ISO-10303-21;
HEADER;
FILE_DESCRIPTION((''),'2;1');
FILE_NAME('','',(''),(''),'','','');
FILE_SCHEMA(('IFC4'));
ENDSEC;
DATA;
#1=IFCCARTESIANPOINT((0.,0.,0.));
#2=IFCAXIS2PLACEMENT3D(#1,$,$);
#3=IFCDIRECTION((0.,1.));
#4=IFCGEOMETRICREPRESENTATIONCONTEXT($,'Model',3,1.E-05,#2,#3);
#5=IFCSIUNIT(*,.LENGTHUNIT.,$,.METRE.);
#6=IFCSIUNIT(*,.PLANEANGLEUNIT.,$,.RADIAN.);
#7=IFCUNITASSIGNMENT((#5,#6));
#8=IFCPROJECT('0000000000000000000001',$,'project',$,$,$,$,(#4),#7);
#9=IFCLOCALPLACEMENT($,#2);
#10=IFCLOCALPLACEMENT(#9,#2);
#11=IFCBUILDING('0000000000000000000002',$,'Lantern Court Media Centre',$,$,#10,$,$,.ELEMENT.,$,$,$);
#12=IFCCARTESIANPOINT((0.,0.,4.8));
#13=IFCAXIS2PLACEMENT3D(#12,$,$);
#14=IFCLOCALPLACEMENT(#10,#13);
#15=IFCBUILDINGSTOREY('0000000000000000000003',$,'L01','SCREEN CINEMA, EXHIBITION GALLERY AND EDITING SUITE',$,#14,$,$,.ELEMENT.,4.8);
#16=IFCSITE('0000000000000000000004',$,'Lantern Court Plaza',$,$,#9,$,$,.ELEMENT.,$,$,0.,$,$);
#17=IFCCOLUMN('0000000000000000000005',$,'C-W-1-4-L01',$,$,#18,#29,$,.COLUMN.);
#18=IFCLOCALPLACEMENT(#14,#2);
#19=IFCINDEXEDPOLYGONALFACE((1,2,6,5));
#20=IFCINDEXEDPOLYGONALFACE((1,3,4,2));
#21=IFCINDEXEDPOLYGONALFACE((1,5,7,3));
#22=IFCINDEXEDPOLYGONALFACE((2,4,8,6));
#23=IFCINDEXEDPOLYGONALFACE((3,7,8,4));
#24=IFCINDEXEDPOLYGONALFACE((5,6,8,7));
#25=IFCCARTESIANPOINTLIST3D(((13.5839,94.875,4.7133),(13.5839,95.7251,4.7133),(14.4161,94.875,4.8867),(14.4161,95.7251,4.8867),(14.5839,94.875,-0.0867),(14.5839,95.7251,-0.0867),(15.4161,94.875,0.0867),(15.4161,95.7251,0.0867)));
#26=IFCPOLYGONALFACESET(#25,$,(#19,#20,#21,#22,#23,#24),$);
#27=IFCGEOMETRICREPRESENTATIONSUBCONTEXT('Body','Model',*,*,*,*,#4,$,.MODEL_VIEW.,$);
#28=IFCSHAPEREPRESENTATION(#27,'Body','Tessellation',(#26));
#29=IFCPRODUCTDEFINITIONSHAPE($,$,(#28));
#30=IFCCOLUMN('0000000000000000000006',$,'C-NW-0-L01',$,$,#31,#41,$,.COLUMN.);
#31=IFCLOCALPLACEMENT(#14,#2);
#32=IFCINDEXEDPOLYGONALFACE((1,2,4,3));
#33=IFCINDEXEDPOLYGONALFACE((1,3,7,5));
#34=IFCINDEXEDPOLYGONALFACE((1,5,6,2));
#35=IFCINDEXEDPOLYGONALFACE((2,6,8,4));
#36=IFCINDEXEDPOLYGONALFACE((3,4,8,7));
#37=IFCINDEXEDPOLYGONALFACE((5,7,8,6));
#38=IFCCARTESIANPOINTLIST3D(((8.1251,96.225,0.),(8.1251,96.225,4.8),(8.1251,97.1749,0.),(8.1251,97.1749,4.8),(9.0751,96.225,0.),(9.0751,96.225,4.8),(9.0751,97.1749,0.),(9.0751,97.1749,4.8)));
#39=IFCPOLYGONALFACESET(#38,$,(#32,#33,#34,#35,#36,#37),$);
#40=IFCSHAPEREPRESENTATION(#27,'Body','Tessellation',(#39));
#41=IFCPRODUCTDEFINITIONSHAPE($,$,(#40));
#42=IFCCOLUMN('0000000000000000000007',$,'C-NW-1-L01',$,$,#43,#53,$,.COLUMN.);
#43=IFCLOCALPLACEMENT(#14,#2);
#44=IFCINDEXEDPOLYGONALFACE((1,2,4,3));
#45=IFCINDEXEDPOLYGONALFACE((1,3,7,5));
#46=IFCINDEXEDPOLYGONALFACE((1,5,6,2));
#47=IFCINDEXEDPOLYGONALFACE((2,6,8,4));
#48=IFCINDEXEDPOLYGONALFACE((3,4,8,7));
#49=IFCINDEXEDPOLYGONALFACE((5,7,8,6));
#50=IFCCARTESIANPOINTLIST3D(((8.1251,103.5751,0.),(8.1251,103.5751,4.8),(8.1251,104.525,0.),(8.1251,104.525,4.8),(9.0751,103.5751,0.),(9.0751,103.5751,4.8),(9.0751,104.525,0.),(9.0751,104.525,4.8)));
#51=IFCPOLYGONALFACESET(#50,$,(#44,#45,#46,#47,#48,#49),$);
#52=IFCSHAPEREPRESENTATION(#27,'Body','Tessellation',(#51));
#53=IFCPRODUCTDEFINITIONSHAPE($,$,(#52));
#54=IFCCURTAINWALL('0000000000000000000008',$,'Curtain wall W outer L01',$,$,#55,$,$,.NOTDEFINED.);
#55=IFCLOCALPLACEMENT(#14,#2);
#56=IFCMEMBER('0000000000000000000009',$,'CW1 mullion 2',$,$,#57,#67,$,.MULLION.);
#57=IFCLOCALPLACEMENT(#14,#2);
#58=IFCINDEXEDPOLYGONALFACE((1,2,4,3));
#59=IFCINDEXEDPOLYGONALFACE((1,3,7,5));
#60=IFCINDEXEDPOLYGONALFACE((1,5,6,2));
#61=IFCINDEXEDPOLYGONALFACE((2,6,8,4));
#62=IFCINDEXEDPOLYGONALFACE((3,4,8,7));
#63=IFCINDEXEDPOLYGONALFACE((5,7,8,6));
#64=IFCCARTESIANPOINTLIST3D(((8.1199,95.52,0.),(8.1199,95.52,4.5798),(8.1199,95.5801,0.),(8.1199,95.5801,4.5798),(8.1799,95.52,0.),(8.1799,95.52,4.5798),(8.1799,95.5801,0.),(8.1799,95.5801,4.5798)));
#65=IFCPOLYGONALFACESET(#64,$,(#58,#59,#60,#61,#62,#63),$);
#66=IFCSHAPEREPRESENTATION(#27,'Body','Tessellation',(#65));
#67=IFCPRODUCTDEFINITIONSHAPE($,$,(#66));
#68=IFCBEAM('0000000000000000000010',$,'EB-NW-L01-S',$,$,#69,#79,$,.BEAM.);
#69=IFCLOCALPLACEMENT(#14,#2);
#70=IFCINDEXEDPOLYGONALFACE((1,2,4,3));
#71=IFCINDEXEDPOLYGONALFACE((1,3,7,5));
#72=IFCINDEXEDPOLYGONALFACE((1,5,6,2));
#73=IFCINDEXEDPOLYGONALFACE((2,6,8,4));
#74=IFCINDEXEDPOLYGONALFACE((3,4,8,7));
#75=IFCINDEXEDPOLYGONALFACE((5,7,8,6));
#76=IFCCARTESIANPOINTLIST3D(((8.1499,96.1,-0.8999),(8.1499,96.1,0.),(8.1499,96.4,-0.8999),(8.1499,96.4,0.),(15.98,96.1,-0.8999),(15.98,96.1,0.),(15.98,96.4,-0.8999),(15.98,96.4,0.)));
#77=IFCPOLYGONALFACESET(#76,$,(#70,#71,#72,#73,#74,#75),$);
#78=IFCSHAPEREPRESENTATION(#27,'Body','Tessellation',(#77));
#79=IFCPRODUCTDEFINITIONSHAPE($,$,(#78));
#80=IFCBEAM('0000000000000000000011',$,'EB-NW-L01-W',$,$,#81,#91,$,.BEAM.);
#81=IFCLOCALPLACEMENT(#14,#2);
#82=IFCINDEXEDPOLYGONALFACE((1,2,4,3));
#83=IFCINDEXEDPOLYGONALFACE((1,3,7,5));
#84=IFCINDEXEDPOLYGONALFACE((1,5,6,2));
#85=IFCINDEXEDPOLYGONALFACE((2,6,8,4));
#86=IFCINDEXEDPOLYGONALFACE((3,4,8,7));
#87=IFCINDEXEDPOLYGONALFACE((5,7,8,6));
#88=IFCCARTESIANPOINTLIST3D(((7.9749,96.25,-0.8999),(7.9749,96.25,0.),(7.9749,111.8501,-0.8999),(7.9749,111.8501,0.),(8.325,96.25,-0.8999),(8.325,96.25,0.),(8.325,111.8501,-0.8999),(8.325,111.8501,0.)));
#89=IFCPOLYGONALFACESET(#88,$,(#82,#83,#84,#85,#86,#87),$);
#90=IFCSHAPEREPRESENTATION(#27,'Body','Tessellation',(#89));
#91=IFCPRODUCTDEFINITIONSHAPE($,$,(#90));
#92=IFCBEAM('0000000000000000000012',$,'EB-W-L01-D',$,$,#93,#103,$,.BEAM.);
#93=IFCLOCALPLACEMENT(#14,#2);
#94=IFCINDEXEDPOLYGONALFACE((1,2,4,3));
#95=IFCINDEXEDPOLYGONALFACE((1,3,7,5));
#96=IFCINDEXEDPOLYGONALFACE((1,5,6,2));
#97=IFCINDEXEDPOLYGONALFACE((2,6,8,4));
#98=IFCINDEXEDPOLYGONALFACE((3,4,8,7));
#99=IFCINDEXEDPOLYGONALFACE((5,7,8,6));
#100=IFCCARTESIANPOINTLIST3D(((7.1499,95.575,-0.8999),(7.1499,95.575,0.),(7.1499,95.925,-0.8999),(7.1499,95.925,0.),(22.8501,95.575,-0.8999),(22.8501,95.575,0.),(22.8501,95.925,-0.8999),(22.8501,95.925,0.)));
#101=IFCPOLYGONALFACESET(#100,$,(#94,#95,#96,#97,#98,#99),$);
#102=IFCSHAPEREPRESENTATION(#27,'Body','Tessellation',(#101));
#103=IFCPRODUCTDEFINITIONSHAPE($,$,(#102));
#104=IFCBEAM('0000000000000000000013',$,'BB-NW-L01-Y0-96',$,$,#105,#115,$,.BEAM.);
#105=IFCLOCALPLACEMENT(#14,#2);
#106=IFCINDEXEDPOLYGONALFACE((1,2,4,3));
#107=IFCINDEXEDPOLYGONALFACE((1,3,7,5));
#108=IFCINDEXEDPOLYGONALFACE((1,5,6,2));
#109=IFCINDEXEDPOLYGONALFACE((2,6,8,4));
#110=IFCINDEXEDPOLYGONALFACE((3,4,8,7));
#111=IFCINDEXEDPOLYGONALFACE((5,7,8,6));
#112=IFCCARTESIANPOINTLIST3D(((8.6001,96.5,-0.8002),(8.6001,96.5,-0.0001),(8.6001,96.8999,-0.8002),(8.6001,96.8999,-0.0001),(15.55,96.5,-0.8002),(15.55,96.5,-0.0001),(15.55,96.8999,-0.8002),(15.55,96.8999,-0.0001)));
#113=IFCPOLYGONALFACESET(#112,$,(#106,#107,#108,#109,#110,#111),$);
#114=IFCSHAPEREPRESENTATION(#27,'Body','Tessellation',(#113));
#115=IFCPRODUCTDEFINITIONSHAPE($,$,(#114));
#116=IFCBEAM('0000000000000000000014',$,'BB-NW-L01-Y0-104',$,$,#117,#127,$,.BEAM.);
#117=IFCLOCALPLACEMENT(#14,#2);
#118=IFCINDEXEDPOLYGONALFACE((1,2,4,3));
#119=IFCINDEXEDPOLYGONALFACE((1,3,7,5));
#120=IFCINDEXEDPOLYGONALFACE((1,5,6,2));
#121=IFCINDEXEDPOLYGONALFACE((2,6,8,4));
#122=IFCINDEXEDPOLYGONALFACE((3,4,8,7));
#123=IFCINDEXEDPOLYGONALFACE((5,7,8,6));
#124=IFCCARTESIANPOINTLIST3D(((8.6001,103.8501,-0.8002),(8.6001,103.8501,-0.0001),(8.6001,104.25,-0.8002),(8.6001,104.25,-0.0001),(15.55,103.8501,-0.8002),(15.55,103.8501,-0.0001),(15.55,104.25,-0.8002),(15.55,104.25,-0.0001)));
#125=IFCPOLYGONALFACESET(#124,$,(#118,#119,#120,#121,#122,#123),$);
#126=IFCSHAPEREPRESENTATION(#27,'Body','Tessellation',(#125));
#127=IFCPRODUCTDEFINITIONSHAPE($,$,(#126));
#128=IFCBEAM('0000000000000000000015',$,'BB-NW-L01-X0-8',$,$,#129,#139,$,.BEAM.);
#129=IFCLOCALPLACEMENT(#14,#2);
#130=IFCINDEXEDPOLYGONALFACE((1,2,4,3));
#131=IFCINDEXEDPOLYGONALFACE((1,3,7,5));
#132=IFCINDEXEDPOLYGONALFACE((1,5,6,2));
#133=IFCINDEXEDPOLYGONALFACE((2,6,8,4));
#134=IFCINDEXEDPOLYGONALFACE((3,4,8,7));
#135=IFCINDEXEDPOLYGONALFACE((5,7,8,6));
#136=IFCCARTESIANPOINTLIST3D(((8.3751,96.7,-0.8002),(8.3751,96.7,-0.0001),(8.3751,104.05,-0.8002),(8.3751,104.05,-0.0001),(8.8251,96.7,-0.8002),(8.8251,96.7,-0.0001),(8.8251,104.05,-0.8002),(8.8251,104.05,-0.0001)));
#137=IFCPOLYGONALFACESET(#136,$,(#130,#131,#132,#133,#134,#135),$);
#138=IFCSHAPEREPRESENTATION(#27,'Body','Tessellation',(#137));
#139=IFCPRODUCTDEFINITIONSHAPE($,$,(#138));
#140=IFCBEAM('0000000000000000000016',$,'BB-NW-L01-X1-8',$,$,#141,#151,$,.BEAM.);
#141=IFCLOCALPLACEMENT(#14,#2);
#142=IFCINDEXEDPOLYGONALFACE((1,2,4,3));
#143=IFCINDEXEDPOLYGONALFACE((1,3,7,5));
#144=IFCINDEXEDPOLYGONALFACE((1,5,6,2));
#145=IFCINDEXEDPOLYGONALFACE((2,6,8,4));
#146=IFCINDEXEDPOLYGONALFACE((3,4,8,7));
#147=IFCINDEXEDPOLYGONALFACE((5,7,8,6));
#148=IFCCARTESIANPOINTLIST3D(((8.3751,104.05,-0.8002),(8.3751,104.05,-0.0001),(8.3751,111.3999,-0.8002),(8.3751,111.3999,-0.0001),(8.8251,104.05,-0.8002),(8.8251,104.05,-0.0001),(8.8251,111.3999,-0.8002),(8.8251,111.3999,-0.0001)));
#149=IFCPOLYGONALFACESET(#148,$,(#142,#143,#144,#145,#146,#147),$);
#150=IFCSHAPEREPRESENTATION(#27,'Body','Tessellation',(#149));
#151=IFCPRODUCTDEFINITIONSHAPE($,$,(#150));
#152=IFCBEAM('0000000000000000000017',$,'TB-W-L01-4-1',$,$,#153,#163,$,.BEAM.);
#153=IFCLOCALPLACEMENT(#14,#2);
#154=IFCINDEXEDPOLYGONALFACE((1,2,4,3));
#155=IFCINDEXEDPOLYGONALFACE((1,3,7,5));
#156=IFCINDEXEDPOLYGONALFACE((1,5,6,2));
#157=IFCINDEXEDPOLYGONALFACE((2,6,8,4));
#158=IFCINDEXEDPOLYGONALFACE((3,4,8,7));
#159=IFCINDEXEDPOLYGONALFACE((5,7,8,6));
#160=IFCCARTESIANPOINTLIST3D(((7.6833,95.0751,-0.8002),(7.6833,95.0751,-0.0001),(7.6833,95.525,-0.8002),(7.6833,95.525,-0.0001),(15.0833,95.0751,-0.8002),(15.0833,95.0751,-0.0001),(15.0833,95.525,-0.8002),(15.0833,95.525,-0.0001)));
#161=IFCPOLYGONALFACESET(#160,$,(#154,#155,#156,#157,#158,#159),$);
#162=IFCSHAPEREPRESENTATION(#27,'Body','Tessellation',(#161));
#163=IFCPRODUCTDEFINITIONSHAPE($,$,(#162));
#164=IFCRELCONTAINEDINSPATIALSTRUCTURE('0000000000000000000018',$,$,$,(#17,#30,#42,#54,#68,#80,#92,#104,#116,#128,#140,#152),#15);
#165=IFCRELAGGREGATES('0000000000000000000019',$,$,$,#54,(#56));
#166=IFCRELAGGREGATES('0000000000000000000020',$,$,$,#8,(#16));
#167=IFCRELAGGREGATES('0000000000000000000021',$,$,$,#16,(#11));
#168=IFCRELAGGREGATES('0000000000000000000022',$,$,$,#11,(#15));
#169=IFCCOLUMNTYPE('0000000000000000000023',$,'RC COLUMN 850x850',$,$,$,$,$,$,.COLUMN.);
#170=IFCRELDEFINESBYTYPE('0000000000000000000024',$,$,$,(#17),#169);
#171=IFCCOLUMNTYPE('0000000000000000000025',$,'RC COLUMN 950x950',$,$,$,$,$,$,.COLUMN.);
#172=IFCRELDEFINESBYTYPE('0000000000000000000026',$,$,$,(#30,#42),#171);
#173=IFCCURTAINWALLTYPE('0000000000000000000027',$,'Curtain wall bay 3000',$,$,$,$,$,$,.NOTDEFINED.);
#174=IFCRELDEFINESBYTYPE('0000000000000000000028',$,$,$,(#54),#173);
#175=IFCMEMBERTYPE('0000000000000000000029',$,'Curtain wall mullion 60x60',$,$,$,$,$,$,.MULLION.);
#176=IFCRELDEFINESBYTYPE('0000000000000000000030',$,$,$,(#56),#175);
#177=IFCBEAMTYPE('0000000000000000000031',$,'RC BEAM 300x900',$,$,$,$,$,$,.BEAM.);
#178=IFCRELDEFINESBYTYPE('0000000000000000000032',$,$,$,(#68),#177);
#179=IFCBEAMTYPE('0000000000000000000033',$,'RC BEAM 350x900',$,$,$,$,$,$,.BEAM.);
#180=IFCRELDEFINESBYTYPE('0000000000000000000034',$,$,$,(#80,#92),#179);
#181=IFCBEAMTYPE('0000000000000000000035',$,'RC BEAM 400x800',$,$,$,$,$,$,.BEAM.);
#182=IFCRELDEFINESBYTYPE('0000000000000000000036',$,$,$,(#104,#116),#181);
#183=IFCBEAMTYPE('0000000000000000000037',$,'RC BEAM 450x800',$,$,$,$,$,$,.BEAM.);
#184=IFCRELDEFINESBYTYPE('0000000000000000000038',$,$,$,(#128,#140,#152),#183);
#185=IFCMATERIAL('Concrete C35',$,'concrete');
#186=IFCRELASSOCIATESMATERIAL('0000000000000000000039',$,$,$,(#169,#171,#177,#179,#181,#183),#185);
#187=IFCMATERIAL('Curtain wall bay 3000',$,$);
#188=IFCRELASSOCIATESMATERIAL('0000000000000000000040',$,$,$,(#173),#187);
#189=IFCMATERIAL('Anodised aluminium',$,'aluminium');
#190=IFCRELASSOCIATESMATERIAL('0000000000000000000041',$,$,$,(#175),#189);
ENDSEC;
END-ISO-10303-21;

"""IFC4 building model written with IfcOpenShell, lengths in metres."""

from ifc_helpers import new_model, si_unit, direction, frame, origin, origin_2d, place, context, subcontext, project, spatial, rectangle, extrude, material, material_profile, profile_set, type_object, element, aggregate, save


model = new_model("IFC4")

# Units and contexts
model_context = context("Model", 3, precision=1e-05, world=origin(), true_north=direction((0.0, 1.0)))
body_context = subcontext(model_context, "Body", "Model", "MODEL_VIEW")
ifc_project = project(units=[si_unit("LENGTHUNIT", "METRE"), si_unit("PLANEANGLEUNIT", "RADIAN")], contexts=[model_context])

# Site, building, storey
site_placement = place(None, origin())
site = spatial("IfcSite", under=ifc_project, at=site_placement, Name="Lantern Court Plaza", CompositionType="ELEMENT", RefElevation=0.0)
building_placement = place(site_placement, origin())
building = spatial("IfcBuilding", under=site, at=building_placement, Name="Lantern Court Media Centre", CompositionType="ELEMENT")
storey_placement = place(building_placement, frame((0.0, 0.0, 4.8)))
storey = spatial("IfcBuildingStorey", under=building, at=storey_placement, Name="L01", Description="SCREEN CINEMA, EXHIBITION GALLERY AND EDITING SUITE", CompositionType="ELEMENT", Elevation=4.8)

# Columns
ifc_material_1 = material(Name="Concrete C35", Category="concrete")
ifc_material_profile_1 = material_profile(ifc_material_1, rectangle(XDim=0.8501, YDim=0.8501, at=origin_2d()), Name="RC 850x850")
ifc_profile_set_1 = profile_set([ifc_material_profile_1], Name="Concrete C35")
column_type_1 = type_object("IfcColumnType", Name="RC COLUMN 850x850", PredefinedType="COLUMN", material=ifc_profile_set_1)
column_placement = place(storey_placement, frame((15.0, 95.3, 0.0), z_axis=(-0.203952, 0.0, 0.978981), x_axis=(0.0, -1.0, 0.0)))
element("IfcColumn", 1, at=column_placement, inside=storey, type_object=column_type_1, Name="C-W-1-4-L01", PredefinedType="COLUMN", context=body_context, shape_type="SweptSolid", body=[
    extrude(rectangle(XDim=0.8501, YDim=0.8501, at=origin_2d()), origin(), (0.0, 0.0, 1.0), 4.9031),
])
ifc_material_profile_2 = material_profile(ifc_material_1, rectangle(XDim=0.95, YDim=0.95, at=origin_2d()), Name="RC 950x950")
ifc_profile_set_2 = profile_set([ifc_material_profile_2], Name="Concrete C35")
column_type_2 = type_object("IfcColumnType", Name="RC COLUMN 950x950", PredefinedType="COLUMN", material=ifc_profile_set_2)
for number, where, z_axis, x_axis, name in (
    (2, (8.6001, 96.7, 0.0), (0.0, 0.0, 1.0), (1.0, 0.0, 0.0), "C-NW-0-L01"),
    (3, (8.6001, 104.05, 0.0), (0.0, 0.0, 1.0), (1.0, 0.0, 0.0), "C-NW-1-L01"),
):
    element("IfcColumn", number, at=place(storey_placement, frame(where, z_axis=z_axis, x_axis=x_axis)), inside=storey, type_object=column_type_2, Name=name, PredefinedType="COLUMN", context=body_context, shape_type="SweptSolid", body=[
        extrude(rectangle(XDim=0.95, YDim=0.95, at=origin_2d()), origin(), (0.0, 0.0, 1.0), 4.8),
    ])

# Curtain wall, member
ifc_material_2 = material(Name="Curtain wall bay 3000")
curtain_wall_type = type_object("IfcCurtainWallType", Name="Curtain wall bay 3000", PredefinedType="NOTDEFINED", material=ifc_material_2)
curtain_wall_placement = place(storey_placement, origin())
curtain_wall = element("IfcCurtainWall", 4, at=curtain_wall_placement, inside=storey, type_object=curtain_wall_type, Name="Curtain wall W outer L01", PredefinedType="NOTDEFINED")
ifc_material_3 = material(Name="Anodised aluminium", Category="aluminium")
ifc_material_profile_3 = material_profile(ifc_material_3, rectangle(XDim=0.0601, YDim=0.0601, at=origin_2d()), Name="AL 60x60")
ifc_profile_set_3 = profile_set([ifc_material_profile_3], Name="Anodised aluminium")
member_type = type_object("IfcMemberType", Name="Curtain wall mullion 60x60", PredefinedType="MULLION", material=ifc_profile_set_3)
member_placement = place(storey_placement, frame((8.1499, 95.55, 0.0), z_axis=(0.0, 0.0, 1.0), x_axis=(-1.0, 0.0, 0.0)))
member = element("IfcMember", 5, at=member_placement, type_object=member_type, Name="CW1 mullion 2", PredefinedType="MULLION", context=body_context, shape_type="SweptSolid", body=[
    extrude(rectangle(XDim=0.0601, YDim=0.0601, at=origin_2d()), origin(), (0.0, 0.0, 1.0), 4.5798),
])
aggregate(curtain_wall, [member])

# Beams
ifc_material_profile_4 = material_profile(ifc_material_1, rectangle(XDim=0.3, YDim=0.8999, at=origin_2d()), Name="RC 300x900")
ifc_profile_set_4 = profile_set([ifc_material_profile_4], Name="Concrete C35")
beam_type_1 = type_object("IfcBeamType", Name="RC BEAM 300x900", PredefinedType="BEAM", material=ifc_profile_set_4)
beam_1_placement = place(storey_placement, frame((8.1499, 96.25, -0.45), z_axis=(1.0, 0.0, 0.0), x_axis=(0.0, 1.0, 0.0)))
element("IfcBeam", 6, at=beam_1_placement, inside=storey, type_object=beam_type_1, Name="EB-NW-L01-S", PredefinedType="BEAM", context=body_context, shape_type="SweptSolid", body=[
    extrude(rectangle(XDim=0.3, YDim=0.8999, at=origin_2d()), origin(), (0.0, 0.0, 1.0), 7.8301),
])
ifc_material_profile_5 = material_profile(ifc_material_1, rectangle(XDim=0.3501, YDim=0.8999, at=origin_2d()), Name="RC 350x900")
ifc_profile_set_5 = profile_set([ifc_material_profile_5], Name="Concrete C35")
beam_type_2 = type_object("IfcBeamType", Name="RC BEAM 350x900", PredefinedType="BEAM", material=ifc_profile_set_5)
beam_2_placement = place(storey_placement, frame((8.1499, 96.25, -0.45), z_axis=(0.0, 1.0, 0.0), x_axis=(-1.0, 0.0, 0.0)))
element("IfcBeam", 7, at=beam_2_placement, inside=storey, type_object=beam_type_2, Name="EB-NW-L01-W", PredefinedType="BEAM", context=body_context, shape_type="SweptSolid", body=[
    extrude(rectangle(XDim=0.3501, YDim=0.8999, at=origin_2d()), origin(), (0.0, 0.0, 1.0), 15.6001),
])
beam_3_placement = place(storey_placement, frame((7.1499, 95.75, -0.45), z_axis=(1.0, 0.0, 0.0), x_axis=(0.0, 1.0, 0.0)))
element("IfcBeam", 8, at=beam_3_placement, inside=storey, type_object=beam_type_2, Name="EB-W-L01-D", PredefinedType="BEAM", context=body_context, shape_type="SweptSolid", body=[
    extrude(rectangle(XDim=0.3501, YDim=0.8999, at=origin_2d()), origin(), (0.0, 0.0, 1.0), 15.7002),
])
ifc_material_profile_6 = material_profile(ifc_material_1, rectangle(XDim=0.3999, YDim=0.8, at=origin_2d()), Name="RC 400x800")
ifc_profile_set_6 = profile_set([ifc_material_profile_6], Name="Concrete C35")
beam_type_3 = type_object("IfcBeamType", Name="RC BEAM 400x800", PredefinedType="BEAM", material=ifc_profile_set_6)
for number, where, z_axis, x_axis, name in (
    (9, (8.6001, 96.7, -0.4001), (1.0, 0.0, 0.0), (0.0, 1.0, 0.0), "BB-NW-L01-Y0-96"),
    (10, (8.6001, 104.05, -0.4001), (1.0, 0.0, 0.0), (0.0, 1.0, 0.0), "BB-NW-L01-Y0-104"),
):
    element("IfcBeam", number, at=place(storey_placement, frame(where, z_axis=z_axis, x_axis=x_axis)), inside=storey, type_object=beam_type_3, Name=name, PredefinedType="BEAM", context=body_context, shape_type="SweptSolid", body=[
        extrude(rectangle(XDim=0.3999, YDim=0.8, at=origin_2d()), origin(), (0.0, 0.0, 1.0), 6.95),
    ])
ifc_material_profile_7 = material_profile(ifc_material_1, rectangle(XDim=0.45, YDim=0.8, at=origin_2d()), Name="RC 450x800")
ifc_profile_set_7 = profile_set([ifc_material_profile_7], Name="Concrete C35")
beam_type_4 = type_object("IfcBeamType", Name="RC BEAM 450x800", PredefinedType="BEAM", material=ifc_profile_set_7)
beam_4_placement = place(storey_placement, frame((8.6001, 96.7, -0.4001), z_axis=(0.0, 1.0, 0.0), x_axis=(-1.0, 0.0, 0.0)))
element("IfcBeam", 11, at=beam_4_placement, inside=storey, type_object=beam_type_4, Name="BB-NW-L01-X0-8", PredefinedType="BEAM", context=body_context, shape_type="SweptSolid", body=[
    extrude(rectangle(XDim=0.45, YDim=0.8, at=origin_2d()), origin(), (0.0, 0.0, 1.0), 7.3501),
])
beam_5_placement = place(storey_placement, frame((8.6001, 104.05, -0.4001), z_axis=(0.0, 1.0, 0.0), x_axis=(-1.0, 0.0, 0.0)))
element("IfcBeam", 12, at=beam_5_placement, inside=storey, type_object=beam_type_4, Name="BB-NW-L01-X1-8", PredefinedType="BEAM", context=body_context, shape_type="SweptSolid", body=[
    extrude(rectangle(XDim=0.45, YDim=0.8, at=origin_2d()), origin(), (0.0, 0.0, 1.0), 7.3499),
])
beam_6_placement = place(storey_placement, frame((7.6833, 95.3, -0.4001), z_axis=(1.0, 0.0, 0.0), x_axis=(0.0, 1.0, 0.0)))
element("IfcBeam", 13, at=beam_6_placement, inside=storey, type_object=beam_type_4, Name="TB-W-L01-4-1", PredefinedType="BEAM", context=body_context, shape_type="SweptSolid", body=[
    extrude(rectangle(XDim=0.45, YDim=0.8, at=origin_2d()), origin(), (0.0, 0.0, 1.0), 7.3999),
])

save(model, "model.ifc")
